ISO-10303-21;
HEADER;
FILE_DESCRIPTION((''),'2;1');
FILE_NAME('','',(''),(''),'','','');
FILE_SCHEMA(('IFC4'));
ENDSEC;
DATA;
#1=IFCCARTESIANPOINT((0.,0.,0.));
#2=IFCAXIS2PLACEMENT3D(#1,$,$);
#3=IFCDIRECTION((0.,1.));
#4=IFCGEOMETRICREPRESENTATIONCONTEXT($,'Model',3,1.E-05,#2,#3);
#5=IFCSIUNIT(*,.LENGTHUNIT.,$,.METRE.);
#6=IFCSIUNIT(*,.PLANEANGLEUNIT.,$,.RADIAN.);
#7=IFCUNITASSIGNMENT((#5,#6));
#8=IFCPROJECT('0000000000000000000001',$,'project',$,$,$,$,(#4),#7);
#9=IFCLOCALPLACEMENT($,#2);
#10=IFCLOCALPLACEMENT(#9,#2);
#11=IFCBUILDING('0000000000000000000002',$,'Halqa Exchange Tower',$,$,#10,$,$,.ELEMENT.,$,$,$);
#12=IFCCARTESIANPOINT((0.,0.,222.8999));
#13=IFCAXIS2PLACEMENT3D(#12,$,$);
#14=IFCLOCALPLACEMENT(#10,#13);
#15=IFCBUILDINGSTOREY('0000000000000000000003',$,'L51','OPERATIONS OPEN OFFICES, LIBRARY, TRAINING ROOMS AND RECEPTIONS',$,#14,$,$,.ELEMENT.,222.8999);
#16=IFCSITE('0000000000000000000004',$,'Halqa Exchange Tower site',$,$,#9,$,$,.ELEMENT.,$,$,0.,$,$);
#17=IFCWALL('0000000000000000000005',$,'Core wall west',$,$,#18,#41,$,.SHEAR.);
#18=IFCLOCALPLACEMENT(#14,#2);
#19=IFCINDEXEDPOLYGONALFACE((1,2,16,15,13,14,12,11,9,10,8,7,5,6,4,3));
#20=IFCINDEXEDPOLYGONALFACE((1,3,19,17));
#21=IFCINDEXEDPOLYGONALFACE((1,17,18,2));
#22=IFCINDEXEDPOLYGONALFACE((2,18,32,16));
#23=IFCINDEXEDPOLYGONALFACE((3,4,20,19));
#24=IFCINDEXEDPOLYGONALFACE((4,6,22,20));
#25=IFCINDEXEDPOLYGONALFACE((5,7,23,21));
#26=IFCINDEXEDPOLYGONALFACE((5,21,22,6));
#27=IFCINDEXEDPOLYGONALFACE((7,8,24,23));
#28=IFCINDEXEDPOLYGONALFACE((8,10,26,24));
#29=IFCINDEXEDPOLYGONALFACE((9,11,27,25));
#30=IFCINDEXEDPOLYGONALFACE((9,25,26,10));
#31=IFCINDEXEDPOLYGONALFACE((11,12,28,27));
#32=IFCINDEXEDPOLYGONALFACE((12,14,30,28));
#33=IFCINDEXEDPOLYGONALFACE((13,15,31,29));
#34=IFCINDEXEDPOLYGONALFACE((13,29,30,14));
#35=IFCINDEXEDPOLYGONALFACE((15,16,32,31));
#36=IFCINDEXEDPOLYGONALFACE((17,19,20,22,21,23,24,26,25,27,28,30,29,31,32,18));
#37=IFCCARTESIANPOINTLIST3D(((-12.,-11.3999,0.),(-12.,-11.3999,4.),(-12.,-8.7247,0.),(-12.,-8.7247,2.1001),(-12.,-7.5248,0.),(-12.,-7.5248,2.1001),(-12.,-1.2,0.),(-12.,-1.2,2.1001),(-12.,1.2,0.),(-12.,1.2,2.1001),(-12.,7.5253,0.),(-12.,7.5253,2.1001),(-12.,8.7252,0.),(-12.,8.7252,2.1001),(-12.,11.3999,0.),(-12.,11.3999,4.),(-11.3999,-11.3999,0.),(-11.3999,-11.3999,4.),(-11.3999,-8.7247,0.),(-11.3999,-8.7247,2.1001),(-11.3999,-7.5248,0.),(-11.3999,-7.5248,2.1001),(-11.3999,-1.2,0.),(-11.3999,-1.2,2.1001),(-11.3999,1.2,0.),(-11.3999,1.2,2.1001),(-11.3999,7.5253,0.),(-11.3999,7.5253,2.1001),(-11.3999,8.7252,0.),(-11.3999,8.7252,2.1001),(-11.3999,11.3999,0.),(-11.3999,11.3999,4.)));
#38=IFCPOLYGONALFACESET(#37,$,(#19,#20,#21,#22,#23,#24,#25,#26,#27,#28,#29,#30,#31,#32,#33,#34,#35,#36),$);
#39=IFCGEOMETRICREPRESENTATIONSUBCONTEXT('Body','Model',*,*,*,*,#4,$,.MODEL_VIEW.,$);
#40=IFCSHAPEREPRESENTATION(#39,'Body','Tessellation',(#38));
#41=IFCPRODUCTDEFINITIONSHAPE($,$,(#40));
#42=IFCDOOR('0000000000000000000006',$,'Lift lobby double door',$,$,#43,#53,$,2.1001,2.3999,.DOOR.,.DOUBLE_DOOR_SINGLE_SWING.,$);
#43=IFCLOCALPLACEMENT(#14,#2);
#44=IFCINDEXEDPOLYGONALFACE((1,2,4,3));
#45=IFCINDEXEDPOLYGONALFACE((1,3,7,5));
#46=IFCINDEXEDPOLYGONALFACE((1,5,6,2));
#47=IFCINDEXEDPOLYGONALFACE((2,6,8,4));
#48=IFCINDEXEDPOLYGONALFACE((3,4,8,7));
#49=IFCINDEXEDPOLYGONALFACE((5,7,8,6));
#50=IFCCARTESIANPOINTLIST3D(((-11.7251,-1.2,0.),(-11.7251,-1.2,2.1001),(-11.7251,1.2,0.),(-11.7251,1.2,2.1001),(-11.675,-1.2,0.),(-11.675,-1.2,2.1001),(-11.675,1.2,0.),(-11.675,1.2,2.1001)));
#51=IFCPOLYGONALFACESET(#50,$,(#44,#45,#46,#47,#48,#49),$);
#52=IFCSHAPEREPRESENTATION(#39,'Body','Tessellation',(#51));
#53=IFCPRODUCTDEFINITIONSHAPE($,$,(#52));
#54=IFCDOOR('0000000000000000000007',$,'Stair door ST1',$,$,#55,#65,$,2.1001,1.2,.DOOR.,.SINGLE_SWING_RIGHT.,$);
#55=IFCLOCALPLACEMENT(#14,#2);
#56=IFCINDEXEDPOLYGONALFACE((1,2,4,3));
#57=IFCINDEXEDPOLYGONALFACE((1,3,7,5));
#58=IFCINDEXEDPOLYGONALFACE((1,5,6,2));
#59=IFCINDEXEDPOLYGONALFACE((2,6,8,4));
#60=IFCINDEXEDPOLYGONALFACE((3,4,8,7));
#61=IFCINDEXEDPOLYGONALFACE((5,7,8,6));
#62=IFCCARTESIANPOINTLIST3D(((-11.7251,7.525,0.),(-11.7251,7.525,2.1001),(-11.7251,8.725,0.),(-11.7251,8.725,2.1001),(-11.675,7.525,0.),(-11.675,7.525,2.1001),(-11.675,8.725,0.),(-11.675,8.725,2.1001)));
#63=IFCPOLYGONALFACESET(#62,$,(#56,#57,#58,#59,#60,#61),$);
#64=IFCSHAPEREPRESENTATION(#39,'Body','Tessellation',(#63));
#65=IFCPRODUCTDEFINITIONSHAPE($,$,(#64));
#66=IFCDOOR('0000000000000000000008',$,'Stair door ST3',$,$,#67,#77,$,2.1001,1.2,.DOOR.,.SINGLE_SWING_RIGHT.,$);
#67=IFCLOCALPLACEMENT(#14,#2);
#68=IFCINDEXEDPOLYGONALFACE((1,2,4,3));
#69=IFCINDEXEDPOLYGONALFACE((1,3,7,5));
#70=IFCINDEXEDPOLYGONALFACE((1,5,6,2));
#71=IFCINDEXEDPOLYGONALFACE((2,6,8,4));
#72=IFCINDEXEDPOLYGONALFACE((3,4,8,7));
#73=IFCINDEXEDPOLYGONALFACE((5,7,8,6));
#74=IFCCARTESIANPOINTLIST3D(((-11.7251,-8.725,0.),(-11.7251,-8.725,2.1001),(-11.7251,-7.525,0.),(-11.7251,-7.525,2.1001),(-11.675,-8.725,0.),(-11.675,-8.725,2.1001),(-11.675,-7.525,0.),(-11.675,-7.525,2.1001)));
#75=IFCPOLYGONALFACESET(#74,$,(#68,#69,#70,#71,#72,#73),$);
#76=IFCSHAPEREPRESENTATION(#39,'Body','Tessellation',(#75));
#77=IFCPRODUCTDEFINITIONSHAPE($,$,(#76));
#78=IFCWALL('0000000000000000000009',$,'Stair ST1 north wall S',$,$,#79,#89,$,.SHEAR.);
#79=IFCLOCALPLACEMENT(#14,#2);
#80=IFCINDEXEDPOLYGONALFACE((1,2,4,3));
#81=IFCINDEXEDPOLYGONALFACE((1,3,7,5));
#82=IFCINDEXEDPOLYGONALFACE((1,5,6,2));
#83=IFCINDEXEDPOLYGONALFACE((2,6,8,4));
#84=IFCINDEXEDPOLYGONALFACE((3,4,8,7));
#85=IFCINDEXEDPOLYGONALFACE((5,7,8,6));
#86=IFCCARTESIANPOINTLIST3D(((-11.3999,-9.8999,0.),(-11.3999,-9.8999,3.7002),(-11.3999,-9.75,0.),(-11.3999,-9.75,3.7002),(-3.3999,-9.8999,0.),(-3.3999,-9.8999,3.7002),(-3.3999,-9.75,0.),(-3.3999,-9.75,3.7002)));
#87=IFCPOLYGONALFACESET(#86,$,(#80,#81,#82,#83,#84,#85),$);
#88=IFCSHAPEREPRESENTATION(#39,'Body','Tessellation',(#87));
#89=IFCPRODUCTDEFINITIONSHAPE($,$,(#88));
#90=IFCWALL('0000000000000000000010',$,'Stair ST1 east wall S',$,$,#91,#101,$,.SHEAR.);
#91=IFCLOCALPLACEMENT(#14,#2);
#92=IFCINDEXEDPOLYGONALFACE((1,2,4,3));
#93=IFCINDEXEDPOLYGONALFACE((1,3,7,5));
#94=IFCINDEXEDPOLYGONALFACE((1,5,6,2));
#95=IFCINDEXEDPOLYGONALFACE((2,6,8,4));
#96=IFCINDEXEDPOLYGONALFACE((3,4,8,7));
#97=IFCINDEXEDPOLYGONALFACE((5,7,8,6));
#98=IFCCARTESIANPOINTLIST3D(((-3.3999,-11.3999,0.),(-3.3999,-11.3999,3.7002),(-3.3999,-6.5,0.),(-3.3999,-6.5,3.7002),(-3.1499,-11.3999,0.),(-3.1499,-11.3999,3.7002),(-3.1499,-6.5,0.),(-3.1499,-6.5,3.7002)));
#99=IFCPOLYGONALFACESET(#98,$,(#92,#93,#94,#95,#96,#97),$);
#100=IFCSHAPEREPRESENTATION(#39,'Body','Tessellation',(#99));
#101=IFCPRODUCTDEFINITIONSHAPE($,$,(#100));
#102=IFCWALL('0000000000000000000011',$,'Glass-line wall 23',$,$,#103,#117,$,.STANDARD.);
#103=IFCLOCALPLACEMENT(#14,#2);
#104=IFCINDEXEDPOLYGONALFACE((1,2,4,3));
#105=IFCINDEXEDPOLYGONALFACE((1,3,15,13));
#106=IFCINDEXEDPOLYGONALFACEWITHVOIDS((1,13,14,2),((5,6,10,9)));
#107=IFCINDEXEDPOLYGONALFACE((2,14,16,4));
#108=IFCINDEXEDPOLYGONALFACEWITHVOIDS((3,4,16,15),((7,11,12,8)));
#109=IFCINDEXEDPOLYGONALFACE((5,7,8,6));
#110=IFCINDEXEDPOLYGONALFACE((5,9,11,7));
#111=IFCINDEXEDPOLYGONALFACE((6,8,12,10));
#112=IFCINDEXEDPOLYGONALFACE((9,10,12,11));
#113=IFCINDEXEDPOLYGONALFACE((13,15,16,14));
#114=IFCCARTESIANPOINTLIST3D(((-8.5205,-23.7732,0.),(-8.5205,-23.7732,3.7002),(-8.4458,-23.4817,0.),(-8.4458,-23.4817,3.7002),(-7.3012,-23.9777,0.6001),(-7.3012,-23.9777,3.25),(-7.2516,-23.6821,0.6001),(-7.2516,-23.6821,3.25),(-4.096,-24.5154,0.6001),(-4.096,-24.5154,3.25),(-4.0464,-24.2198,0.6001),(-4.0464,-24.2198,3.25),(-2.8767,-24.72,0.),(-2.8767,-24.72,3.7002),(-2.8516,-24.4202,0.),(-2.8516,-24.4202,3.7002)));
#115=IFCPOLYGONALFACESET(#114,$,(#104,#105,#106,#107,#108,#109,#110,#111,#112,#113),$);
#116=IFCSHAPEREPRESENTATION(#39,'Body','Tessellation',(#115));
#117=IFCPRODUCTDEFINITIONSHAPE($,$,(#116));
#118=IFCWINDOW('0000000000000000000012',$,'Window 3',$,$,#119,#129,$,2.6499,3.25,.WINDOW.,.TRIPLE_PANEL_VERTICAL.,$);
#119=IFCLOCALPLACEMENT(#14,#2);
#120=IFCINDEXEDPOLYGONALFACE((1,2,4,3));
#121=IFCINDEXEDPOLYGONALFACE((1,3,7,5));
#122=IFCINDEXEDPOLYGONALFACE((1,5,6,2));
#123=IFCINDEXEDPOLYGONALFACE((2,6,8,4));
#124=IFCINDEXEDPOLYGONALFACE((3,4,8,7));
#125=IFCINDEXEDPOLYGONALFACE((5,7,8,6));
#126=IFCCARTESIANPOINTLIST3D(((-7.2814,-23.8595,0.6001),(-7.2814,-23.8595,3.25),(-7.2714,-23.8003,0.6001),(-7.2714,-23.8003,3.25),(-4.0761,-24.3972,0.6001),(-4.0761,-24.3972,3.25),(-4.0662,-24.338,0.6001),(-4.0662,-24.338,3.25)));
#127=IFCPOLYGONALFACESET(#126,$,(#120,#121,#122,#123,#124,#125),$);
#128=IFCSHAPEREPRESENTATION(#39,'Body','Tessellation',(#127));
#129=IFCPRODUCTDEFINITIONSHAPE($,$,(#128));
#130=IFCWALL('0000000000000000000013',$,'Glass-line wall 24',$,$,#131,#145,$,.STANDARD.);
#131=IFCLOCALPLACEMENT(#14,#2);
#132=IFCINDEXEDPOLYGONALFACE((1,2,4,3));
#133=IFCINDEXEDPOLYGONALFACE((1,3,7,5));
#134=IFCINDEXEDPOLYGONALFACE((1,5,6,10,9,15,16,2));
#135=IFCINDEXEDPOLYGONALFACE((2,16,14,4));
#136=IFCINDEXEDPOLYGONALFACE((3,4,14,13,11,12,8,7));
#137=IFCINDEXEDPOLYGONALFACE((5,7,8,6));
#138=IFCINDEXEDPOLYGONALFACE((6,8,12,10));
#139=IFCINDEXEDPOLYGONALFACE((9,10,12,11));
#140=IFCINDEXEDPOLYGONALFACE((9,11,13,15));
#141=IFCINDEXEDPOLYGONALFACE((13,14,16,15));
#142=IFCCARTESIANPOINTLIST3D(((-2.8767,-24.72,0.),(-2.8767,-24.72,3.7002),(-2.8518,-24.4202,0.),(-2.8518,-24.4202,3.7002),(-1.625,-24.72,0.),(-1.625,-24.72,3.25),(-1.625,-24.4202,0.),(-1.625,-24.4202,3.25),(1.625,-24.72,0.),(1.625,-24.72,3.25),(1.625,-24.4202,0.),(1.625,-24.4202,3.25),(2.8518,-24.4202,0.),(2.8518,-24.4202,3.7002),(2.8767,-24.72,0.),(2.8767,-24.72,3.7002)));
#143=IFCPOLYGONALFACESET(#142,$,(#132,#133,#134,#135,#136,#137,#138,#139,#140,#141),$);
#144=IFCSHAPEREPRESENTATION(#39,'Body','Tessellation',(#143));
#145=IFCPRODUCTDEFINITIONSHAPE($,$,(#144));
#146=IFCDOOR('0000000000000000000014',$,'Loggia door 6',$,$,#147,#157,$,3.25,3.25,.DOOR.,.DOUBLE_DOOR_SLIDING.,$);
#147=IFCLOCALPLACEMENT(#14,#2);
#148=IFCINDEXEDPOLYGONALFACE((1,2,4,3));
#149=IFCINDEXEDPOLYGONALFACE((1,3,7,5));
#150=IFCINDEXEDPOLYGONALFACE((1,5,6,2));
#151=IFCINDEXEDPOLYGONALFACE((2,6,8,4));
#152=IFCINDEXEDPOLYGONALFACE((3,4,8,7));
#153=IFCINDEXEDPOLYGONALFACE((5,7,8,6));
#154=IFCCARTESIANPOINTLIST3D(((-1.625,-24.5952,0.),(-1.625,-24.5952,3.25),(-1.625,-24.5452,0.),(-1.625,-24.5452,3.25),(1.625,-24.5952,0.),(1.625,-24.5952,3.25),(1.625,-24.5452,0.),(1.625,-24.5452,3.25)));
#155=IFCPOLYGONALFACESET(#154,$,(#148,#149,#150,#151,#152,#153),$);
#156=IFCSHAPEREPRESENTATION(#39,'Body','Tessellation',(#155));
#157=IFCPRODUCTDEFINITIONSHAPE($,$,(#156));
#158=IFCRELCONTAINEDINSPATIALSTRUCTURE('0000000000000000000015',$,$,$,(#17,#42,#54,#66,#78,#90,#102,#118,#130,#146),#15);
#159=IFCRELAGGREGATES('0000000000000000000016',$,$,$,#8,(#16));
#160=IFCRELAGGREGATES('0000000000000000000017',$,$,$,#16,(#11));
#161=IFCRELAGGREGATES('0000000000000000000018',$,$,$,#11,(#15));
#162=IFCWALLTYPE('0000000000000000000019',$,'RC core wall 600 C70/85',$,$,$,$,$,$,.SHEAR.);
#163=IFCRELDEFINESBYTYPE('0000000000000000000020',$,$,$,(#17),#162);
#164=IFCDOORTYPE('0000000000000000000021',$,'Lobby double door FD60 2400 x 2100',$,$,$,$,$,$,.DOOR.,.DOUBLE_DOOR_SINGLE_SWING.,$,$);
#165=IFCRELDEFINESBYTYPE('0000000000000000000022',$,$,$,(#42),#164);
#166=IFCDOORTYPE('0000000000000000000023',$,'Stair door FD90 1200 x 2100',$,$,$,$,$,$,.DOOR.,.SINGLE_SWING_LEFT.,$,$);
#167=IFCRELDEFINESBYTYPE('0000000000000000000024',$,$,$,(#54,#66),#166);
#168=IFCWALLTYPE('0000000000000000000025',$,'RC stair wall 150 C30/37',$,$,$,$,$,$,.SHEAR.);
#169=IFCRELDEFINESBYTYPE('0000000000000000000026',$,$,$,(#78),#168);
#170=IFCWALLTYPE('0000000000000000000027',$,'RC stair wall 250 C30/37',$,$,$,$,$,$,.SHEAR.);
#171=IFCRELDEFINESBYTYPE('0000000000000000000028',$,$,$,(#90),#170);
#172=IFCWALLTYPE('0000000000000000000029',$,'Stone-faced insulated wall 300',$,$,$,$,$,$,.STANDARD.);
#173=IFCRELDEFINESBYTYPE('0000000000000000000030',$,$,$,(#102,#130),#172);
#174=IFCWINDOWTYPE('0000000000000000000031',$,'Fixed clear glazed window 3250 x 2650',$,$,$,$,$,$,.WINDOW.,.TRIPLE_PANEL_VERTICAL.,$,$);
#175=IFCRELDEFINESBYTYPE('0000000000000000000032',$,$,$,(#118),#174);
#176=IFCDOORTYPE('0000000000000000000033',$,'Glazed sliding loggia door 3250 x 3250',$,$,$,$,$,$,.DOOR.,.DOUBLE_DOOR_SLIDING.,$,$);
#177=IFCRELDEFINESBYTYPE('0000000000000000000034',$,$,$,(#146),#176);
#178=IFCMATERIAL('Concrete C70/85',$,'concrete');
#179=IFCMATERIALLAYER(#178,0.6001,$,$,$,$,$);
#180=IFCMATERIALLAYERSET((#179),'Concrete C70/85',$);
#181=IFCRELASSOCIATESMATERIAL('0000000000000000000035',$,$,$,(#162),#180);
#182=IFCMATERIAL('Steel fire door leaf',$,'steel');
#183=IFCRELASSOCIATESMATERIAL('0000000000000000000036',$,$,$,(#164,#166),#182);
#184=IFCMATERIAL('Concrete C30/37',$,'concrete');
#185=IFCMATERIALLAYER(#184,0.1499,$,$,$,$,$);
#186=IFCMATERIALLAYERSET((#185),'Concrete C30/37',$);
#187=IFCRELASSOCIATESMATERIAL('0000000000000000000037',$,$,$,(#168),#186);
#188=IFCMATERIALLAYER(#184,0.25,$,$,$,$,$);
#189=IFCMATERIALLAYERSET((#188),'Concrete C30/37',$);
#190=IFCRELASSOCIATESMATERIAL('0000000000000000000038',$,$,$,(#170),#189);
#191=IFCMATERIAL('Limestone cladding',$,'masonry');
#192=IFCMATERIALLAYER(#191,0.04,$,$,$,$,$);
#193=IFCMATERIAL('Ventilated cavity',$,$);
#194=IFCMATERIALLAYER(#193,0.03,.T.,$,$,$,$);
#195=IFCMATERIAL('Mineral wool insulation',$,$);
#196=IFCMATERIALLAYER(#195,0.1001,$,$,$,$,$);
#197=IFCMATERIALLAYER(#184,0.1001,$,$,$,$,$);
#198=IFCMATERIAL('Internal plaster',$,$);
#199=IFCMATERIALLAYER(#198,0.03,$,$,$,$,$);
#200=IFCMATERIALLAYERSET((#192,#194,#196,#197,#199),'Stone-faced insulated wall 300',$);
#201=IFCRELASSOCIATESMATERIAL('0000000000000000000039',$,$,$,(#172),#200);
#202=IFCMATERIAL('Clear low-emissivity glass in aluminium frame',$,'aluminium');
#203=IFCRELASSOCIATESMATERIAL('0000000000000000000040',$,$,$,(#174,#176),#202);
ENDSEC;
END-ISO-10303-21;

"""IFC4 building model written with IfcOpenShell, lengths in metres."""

from ifc_helpers import new_model, si_unit, direction, frame, frame_2d, origin, place, context, subcontext, project, spatial, polyline, rectangle, outline, extrude, material, layer, layer_set, type_object, element, fill, save


model = new_model("IFC4")

# Units and contexts
model_context = context("Model", 3, precision=1e-05, world=origin(), true_north=direction((0.0, 1.0)))
body_context = subcontext(model_context, "Body", "Model", "MODEL_VIEW")
ifc_project = project(units=[si_unit("LENGTHUNIT", "METRE"), si_unit("PLANEANGLEUNIT", "RADIAN")], contexts=[model_context])

# Site, building, storey
site_placement = place(None, origin())
site = spatial("IfcSite", under=ifc_project, at=site_placement, Name="Halqa Exchange Tower site", CompositionType="ELEMENT", RefElevation=0.0)
building_placement = place(site_placement, origin())
building = spatial("IfcBuilding", under=site, at=building_placement, Name="Halqa Exchange Tower", CompositionType="ELEMENT")
storey_placement = place(building_placement, frame((0.0, 0.0, 222.8999)))
storey = spatial("IfcBuildingStorey", under=building, at=storey_placement, Name="L51", Description="OPERATIONS OPEN OFFICES, LIBRARY, TRAINING ROOMS AND RECEPTIONS", CompositionType="ELEMENT", Elevation=222.8999)

# Wall, openings, doors
ifc_material_1 = material(Name="Concrete C70/85", Category="concrete")
ifc_layer_1 = layer(ifc_material_1, 0.6001)
ifc_layer_set_1 = layer_set([ifc_layer_1], Name="Concrete C70/85")
wall_type_1 = type_object("IfcWallType", Name="RC core wall 600 C70/85", PredefinedType="SHEAR", material=ifc_layer_set_1)
wall_1_placement = place(storey_placement, frame((-11.7, -11.3999, 0.0), z_axis=(0.0, 0.0, 1.0), x_axis=(0.0, 1.0, 0.0)))
wall_1 = element("IfcWall", 1, at=wall_1_placement, inside=storey, type_object=wall_type_1, Name="Core wall west", PredefinedType="SHEAR", context=body_context, shape_type="SweptSolid", body=[
    extrude(rectangle(XDim=22.7998, YDim=0.6001, at=frame_2d((11.3999, 0.0))), origin(), (0.0, 0.0, 1.0), 4.0),
])
opening_1_placement = place(wall_1_placement, frame((10.2, 0.0, 0.0)))
opening_1 = element("IfcOpeningElement", 2, at=opening_1_placement, cuts=wall_1, PredefinedType="OPENING", context=body_context, shape_type="SweptSolid", body=[
    extrude(rectangle(XDim=2.3999, YDim=2.1001, at=frame_2d((1.2, 1.05))), frame((0.0, 0.312, 0.0), z_axis=(0.0, -1.0, 0.0), x_axis=(1.0, 0.0, 0.0)), (0.0, 0.0, 1.0), 0.624),
])
opening_2_placement = place(wall_1_placement, frame((18.925, 0.0, 0.0)))
opening_2 = element("IfcOpeningElement", 3, at=opening_2_placement, cuts=wall_1, PredefinedType="OPENING", context=body_context, shape_type="SweptSolid", body=[
    extrude(rectangle(XDim=1.2, YDim=2.1001, at=frame_2d((0.6001, 1.05))), frame((0.0, 0.312, 0.0), z_axis=(0.0, -1.0, 0.0), x_axis=(1.0, 0.0, 0.0)), (0.0, 0.0, 1.0), 0.624),
])
opening_3_placement = place(wall_1_placement, frame((2.675, 0.0, 0.0)))
opening_3 = element("IfcOpeningElement", 4, at=opening_3_placement, cuts=wall_1, PredefinedType="OPENING", context=body_context, shape_type="SweptSolid", body=[
    extrude(rectangle(XDim=1.2, YDim=2.1001, at=frame_2d((0.6001, 1.05))), frame((0.0, 0.312, 0.0), z_axis=(0.0, -1.0, 0.0), x_axis=(1.0, 0.0, 0.0)), (0.0, 0.0, 1.0), 0.624),
])
ifc_material_2 = material(Name="Steel fire door leaf", Category="steel")
door_type_1 = type_object("IfcDoorType", Name="Lobby double door FD60 2400 x 2100", OperationType="DOUBLE_DOOR_SINGLE_SWING", PredefinedType="DOOR", material=ifc_material_2)
door_1_placement = place(opening_1_placement, frame((2.3999, 0.0, 0.0), z_axis=(0.0, 0.0, 1.0), x_axis=(-1.0, 0.0, 0.0)))
door_1 = element("IfcDoor", 5, at=door_1_placement, inside=storey, type_object=door_type_1, Name="Lift lobby double door", OperationType="DOUBLE_DOOR_SINGLE_SWING", OverallHeight=2.1001, OverallWidth=2.3999, PredefinedType="DOOR", context=body_context, shape_type="SweptSolid", body=[
    extrude(rectangle(XDim=2.3999, YDim=2.1001, at=frame_2d((1.2, 1.05))), frame((0.0, 0.0249, 0.0), z_axis=(0.0, -1.0, 0.0), x_axis=(1.0, 0.0, 0.0)), (0.0, 0.0, 1.0), 0.05),
])
fill(opening_1, door_1)
door_type_2 = type_object("IfcDoorType", Name="Stair door FD90 1200 x 2100", OperationType="SINGLE_SWING_LEFT", PredefinedType="DOOR", material=ifc_material_2)
door_2_placement = place(opening_2_placement, frame((1.2, 0.0, 0.0), z_axis=(0.0, 0.0, 1.0), x_axis=(-1.0, 0.0, 0.0)))
door_2 = element("IfcDoor", 6, at=door_2_placement, inside=storey, type_object=door_type_2, Name="Stair door ST1", OperationType="SINGLE_SWING_RIGHT", OverallHeight=2.1001, OverallWidth=1.2, PredefinedType="DOOR", context=body_context, shape_type="SweptSolid", body=[
    extrude(rectangle(XDim=1.2, YDim=2.1001, at=frame_2d((0.6001, 1.05))), frame((0.0, 0.0249, 0.0), z_axis=(0.0, -1.0, 0.0), x_axis=(1.0, 0.0, 0.0)), (0.0, 0.0, 1.0), 0.05),
])
fill(opening_2, door_2)
door_3_placement = place(opening_3_placement, frame((1.2, 0.0, 0.0), z_axis=(0.0, 0.0, 1.0), x_axis=(-1.0, 0.0, 0.0)))
door_3 = element("IfcDoor", 7, at=door_3_placement, inside=storey, type_object=door_type_2, Name="Stair door ST3", OperationType="SINGLE_SWING_RIGHT", OverallHeight=2.1001, OverallWidth=1.2, PredefinedType="DOOR", context=body_context, shape_type="SweptSolid", body=[
    extrude(rectangle(XDim=1.2, YDim=2.1001, at=frame_2d((0.6001, 1.05))), frame((0.0, 0.0249, 0.0), z_axis=(0.0, -1.0, 0.0), x_axis=(1.0, 0.0, 0.0)), (0.0, 0.0, 1.0), 0.05),
])
fill(opening_3, door_3)

# Walls
ifc_material_3 = material(Name="Concrete C30/37", Category="concrete")
ifc_layer_2 = layer(ifc_material_3, 0.1499)
ifc_layer_set_2 = layer_set([ifc_layer_2], Name="Concrete C30/37")
wall_type_2 = type_object("IfcWallType", Name="RC stair wall 150 C30/37", PredefinedType="SHEAR", material=ifc_layer_set_2)
wall_2_placement = place(storey_placement, frame((-11.3999, -9.825, 0.0), z_axis=(0.0, 0.0, 1.0), x_axis=(1.0, 0.0, 0.0)))
element("IfcWall", 8, at=wall_2_placement, inside=storey, type_object=wall_type_2, Name="Stair ST1 north wall S", PredefinedType="SHEAR", context=body_context, shape_type="SweptSolid", body=[
    extrude(rectangle(XDim=8.0, YDim=0.1499, at=frame_2d((4.0, 0.0))), origin(), (0.0, 0.0, 1.0), 3.7002),
])
ifc_layer_3 = layer(ifc_material_3, 0.25)
ifc_layer_set_3 = layer_set([ifc_layer_3], Name="Concrete C30/37")
wall_type_3 = type_object("IfcWallType", Name="RC stair wall 250 C30/37", PredefinedType="SHEAR", material=ifc_layer_set_3)
wall_3_placement = place(storey_placement, frame((-3.2749, -11.3999, 0.0), z_axis=(0.0, 0.0, 1.0), x_axis=(0.0, 1.0, 0.0)))
element("IfcWall", 9, at=wall_3_placement, inside=storey, type_object=wall_type_3, Name="Stair ST1 east wall S", PredefinedType="SHEAR", context=body_context, shape_type="SweptSolid", body=[
    extrude(rectangle(XDim=4.8999, YDim=0.25, at=frame_2d((2.45, 0.0))), origin(), (0.0, 0.0, 1.0), 3.7002),
])

# Wall, opening, window
ifc_material_4 = material(Name="Limestone cladding", Category="masonry")
ifc_layer_4 = layer(ifc_material_4, 0.04)
ifc_material_5 = material(Name="Ventilated cavity")
ifc_layer_5 = layer(ifc_material_5, 0.03, ventilated=True)
ifc_material_6 = material(Name="Mineral wool insulation")
ifc_layer_6 = layer(ifc_material_6, 0.1001)
ifc_layer_7 = layer(ifc_material_3, 0.1001)
ifc_material_7 = material(Name="Internal plaster")
ifc_layer_8 = layer(ifc_material_7, 0.03)
ifc_layer_set_4 = layer_set([ifc_layer_4, ifc_layer_5, ifc_layer_6, ifc_layer_7, ifc_layer_8], Name="Stone-faced insulated wall 300")
wall_type_4 = type_object("IfcWallType", Name="Stone-faced insulated wall 300", PredefinedType="STANDARD", material=ifc_layer_set_4)
wall_4_placement = place(storey_placement, frame((-8.4832, -23.6274, 0.0), z_axis=(0.0, 0.0, 1.0), x_axis=(0.986218, -0.165448, 0.0)))
wall_4 = element("IfcWall", 10, at=wall_4_placement, inside=storey, type_object=wall_type_4, Name="Glass-line wall 23", PredefinedType="STANDARD", context=body_context, shape_type="SweptSolid", body=[
    extrude(outline(polyline([(-0.0127, -0.1499), (5.71, -0.1499), (5.6851, 0.1499), (0.0127, 0.1499), (-0.0127, -0.1499)])), origin(), (0.0, 0.0, 1.0), 3.7002),
])
opening_4_placement = place(wall_4_placement, frame((1.2236, 0.0, 0.6001)))
opening_4 = element("IfcOpeningElement", 11, at=opening_4_placement, cuts=wall_4, PredefinedType="OPENING", context=body_context, shape_type="SweptSolid", body=[
    extrude(rectangle(XDim=3.25, YDim=2.6499, at=frame_2d((1.625, 1.325))), frame((0.0, 0.1621, 0.0), z_axis=(0.0, -1.0, 0.0), x_axis=(1.0, 0.0, 0.0)), (0.0, 0.0, 1.0), 0.324),
])
ifc_material_8 = material(Name="Clear low-emissivity glass in aluminium frame", Category="aluminium")
window_type = type_object("IfcWindowType", Name="Fixed clear glazed window 3250 x 2650", PartitioningType="TRIPLE_PANEL_VERTICAL", PredefinedType="WINDOW", material=ifc_material_8)
window_placement = place(opening_4_placement, origin())
window = element("IfcWindow", 12, at=window_placement, inside=storey, type_object=window_type, Name="Window 3", OverallHeight=2.6499, OverallWidth=3.25, PartitioningType="TRIPLE_PANEL_VERTICAL", PredefinedType="WINDOW", context=body_context, shape_type="SweptSolid", body=[
    extrude(rectangle(XDim=3.25, YDim=2.6499, at=frame_2d((1.625, 1.325))), frame((0.0, 0.03, 0.0), z_axis=(0.0, -1.0, 0.0), x_axis=(1.0, 0.0, 0.0)), (0.0, 0.0, 1.0), 0.0601),
])
fill(opening_4, window)

# Wall, opening, door
wall_5_placement = place(storey_placement, frame((-2.8643, -24.5701, 0.0), z_axis=(0.0, 0.0, 1.0), x_axis=(1.0, 0.0, 0.0)))
wall_5 = element("IfcWall", 13, at=wall_5_placement, inside=storey, type_object=wall_type_4, Name="Glass-line wall 24", PredefinedType="STANDARD", context=body_context, shape_type="SweptSolid", body=[
    extrude(outline(polyline([(-0.0125, -0.1499), (5.741, -0.1499), (5.7161, 0.1499), (0.0125, 0.1499), (-0.0125, -0.1499)])), origin(), (0.0, 0.0, 1.0), 3.7002),
])
opening_5_placement = place(wall_5_placement, frame((1.2393, 0.0, 0.0)))
opening_5 = element("IfcOpeningElement", 14, at=opening_5_placement, cuts=wall_5, PredefinedType="OPENING", context=body_context, shape_type="SweptSolid", body=[
    extrude(rectangle(XDim=3.25, YDim=3.25, at=frame_2d((1.625, 1.625))), frame((0.0, 0.1621, 0.0), z_axis=(0.0, -1.0, 0.0), x_axis=(1.0, 0.0, 0.0)), (0.0, 0.0, 1.0), 0.324),
])
door_type_3 = type_object("IfcDoorType", Name="Glazed sliding loggia door 3250 x 3250", OperationType="DOUBLE_DOOR_SLIDING", PredefinedType="DOOR", material=ifc_material_8)
door_4_placement = place(opening_5_placement, origin())
door_4 = element("IfcDoor", 15, at=door_4_placement, inside=storey, type_object=door_type_3, Name="Loggia door 6", OperationType="DOUBLE_DOOR_SLIDING", OverallHeight=3.25, OverallWidth=3.25, PredefinedType="DOOR", context=body_context, shape_type="SweptSolid", body=[
    extrude(rectangle(XDim=3.25, YDim=3.25, at=frame_2d((1.625, 1.625))), frame((0.0, 0.0249, 0.0), z_axis=(0.0, -1.0, 0.0), x_axis=(1.0, 0.0, 0.0)), (0.0, 0.0, 1.0), 0.05),
])
fill(opening_5, door_4)

save(model, "model.ifc")
